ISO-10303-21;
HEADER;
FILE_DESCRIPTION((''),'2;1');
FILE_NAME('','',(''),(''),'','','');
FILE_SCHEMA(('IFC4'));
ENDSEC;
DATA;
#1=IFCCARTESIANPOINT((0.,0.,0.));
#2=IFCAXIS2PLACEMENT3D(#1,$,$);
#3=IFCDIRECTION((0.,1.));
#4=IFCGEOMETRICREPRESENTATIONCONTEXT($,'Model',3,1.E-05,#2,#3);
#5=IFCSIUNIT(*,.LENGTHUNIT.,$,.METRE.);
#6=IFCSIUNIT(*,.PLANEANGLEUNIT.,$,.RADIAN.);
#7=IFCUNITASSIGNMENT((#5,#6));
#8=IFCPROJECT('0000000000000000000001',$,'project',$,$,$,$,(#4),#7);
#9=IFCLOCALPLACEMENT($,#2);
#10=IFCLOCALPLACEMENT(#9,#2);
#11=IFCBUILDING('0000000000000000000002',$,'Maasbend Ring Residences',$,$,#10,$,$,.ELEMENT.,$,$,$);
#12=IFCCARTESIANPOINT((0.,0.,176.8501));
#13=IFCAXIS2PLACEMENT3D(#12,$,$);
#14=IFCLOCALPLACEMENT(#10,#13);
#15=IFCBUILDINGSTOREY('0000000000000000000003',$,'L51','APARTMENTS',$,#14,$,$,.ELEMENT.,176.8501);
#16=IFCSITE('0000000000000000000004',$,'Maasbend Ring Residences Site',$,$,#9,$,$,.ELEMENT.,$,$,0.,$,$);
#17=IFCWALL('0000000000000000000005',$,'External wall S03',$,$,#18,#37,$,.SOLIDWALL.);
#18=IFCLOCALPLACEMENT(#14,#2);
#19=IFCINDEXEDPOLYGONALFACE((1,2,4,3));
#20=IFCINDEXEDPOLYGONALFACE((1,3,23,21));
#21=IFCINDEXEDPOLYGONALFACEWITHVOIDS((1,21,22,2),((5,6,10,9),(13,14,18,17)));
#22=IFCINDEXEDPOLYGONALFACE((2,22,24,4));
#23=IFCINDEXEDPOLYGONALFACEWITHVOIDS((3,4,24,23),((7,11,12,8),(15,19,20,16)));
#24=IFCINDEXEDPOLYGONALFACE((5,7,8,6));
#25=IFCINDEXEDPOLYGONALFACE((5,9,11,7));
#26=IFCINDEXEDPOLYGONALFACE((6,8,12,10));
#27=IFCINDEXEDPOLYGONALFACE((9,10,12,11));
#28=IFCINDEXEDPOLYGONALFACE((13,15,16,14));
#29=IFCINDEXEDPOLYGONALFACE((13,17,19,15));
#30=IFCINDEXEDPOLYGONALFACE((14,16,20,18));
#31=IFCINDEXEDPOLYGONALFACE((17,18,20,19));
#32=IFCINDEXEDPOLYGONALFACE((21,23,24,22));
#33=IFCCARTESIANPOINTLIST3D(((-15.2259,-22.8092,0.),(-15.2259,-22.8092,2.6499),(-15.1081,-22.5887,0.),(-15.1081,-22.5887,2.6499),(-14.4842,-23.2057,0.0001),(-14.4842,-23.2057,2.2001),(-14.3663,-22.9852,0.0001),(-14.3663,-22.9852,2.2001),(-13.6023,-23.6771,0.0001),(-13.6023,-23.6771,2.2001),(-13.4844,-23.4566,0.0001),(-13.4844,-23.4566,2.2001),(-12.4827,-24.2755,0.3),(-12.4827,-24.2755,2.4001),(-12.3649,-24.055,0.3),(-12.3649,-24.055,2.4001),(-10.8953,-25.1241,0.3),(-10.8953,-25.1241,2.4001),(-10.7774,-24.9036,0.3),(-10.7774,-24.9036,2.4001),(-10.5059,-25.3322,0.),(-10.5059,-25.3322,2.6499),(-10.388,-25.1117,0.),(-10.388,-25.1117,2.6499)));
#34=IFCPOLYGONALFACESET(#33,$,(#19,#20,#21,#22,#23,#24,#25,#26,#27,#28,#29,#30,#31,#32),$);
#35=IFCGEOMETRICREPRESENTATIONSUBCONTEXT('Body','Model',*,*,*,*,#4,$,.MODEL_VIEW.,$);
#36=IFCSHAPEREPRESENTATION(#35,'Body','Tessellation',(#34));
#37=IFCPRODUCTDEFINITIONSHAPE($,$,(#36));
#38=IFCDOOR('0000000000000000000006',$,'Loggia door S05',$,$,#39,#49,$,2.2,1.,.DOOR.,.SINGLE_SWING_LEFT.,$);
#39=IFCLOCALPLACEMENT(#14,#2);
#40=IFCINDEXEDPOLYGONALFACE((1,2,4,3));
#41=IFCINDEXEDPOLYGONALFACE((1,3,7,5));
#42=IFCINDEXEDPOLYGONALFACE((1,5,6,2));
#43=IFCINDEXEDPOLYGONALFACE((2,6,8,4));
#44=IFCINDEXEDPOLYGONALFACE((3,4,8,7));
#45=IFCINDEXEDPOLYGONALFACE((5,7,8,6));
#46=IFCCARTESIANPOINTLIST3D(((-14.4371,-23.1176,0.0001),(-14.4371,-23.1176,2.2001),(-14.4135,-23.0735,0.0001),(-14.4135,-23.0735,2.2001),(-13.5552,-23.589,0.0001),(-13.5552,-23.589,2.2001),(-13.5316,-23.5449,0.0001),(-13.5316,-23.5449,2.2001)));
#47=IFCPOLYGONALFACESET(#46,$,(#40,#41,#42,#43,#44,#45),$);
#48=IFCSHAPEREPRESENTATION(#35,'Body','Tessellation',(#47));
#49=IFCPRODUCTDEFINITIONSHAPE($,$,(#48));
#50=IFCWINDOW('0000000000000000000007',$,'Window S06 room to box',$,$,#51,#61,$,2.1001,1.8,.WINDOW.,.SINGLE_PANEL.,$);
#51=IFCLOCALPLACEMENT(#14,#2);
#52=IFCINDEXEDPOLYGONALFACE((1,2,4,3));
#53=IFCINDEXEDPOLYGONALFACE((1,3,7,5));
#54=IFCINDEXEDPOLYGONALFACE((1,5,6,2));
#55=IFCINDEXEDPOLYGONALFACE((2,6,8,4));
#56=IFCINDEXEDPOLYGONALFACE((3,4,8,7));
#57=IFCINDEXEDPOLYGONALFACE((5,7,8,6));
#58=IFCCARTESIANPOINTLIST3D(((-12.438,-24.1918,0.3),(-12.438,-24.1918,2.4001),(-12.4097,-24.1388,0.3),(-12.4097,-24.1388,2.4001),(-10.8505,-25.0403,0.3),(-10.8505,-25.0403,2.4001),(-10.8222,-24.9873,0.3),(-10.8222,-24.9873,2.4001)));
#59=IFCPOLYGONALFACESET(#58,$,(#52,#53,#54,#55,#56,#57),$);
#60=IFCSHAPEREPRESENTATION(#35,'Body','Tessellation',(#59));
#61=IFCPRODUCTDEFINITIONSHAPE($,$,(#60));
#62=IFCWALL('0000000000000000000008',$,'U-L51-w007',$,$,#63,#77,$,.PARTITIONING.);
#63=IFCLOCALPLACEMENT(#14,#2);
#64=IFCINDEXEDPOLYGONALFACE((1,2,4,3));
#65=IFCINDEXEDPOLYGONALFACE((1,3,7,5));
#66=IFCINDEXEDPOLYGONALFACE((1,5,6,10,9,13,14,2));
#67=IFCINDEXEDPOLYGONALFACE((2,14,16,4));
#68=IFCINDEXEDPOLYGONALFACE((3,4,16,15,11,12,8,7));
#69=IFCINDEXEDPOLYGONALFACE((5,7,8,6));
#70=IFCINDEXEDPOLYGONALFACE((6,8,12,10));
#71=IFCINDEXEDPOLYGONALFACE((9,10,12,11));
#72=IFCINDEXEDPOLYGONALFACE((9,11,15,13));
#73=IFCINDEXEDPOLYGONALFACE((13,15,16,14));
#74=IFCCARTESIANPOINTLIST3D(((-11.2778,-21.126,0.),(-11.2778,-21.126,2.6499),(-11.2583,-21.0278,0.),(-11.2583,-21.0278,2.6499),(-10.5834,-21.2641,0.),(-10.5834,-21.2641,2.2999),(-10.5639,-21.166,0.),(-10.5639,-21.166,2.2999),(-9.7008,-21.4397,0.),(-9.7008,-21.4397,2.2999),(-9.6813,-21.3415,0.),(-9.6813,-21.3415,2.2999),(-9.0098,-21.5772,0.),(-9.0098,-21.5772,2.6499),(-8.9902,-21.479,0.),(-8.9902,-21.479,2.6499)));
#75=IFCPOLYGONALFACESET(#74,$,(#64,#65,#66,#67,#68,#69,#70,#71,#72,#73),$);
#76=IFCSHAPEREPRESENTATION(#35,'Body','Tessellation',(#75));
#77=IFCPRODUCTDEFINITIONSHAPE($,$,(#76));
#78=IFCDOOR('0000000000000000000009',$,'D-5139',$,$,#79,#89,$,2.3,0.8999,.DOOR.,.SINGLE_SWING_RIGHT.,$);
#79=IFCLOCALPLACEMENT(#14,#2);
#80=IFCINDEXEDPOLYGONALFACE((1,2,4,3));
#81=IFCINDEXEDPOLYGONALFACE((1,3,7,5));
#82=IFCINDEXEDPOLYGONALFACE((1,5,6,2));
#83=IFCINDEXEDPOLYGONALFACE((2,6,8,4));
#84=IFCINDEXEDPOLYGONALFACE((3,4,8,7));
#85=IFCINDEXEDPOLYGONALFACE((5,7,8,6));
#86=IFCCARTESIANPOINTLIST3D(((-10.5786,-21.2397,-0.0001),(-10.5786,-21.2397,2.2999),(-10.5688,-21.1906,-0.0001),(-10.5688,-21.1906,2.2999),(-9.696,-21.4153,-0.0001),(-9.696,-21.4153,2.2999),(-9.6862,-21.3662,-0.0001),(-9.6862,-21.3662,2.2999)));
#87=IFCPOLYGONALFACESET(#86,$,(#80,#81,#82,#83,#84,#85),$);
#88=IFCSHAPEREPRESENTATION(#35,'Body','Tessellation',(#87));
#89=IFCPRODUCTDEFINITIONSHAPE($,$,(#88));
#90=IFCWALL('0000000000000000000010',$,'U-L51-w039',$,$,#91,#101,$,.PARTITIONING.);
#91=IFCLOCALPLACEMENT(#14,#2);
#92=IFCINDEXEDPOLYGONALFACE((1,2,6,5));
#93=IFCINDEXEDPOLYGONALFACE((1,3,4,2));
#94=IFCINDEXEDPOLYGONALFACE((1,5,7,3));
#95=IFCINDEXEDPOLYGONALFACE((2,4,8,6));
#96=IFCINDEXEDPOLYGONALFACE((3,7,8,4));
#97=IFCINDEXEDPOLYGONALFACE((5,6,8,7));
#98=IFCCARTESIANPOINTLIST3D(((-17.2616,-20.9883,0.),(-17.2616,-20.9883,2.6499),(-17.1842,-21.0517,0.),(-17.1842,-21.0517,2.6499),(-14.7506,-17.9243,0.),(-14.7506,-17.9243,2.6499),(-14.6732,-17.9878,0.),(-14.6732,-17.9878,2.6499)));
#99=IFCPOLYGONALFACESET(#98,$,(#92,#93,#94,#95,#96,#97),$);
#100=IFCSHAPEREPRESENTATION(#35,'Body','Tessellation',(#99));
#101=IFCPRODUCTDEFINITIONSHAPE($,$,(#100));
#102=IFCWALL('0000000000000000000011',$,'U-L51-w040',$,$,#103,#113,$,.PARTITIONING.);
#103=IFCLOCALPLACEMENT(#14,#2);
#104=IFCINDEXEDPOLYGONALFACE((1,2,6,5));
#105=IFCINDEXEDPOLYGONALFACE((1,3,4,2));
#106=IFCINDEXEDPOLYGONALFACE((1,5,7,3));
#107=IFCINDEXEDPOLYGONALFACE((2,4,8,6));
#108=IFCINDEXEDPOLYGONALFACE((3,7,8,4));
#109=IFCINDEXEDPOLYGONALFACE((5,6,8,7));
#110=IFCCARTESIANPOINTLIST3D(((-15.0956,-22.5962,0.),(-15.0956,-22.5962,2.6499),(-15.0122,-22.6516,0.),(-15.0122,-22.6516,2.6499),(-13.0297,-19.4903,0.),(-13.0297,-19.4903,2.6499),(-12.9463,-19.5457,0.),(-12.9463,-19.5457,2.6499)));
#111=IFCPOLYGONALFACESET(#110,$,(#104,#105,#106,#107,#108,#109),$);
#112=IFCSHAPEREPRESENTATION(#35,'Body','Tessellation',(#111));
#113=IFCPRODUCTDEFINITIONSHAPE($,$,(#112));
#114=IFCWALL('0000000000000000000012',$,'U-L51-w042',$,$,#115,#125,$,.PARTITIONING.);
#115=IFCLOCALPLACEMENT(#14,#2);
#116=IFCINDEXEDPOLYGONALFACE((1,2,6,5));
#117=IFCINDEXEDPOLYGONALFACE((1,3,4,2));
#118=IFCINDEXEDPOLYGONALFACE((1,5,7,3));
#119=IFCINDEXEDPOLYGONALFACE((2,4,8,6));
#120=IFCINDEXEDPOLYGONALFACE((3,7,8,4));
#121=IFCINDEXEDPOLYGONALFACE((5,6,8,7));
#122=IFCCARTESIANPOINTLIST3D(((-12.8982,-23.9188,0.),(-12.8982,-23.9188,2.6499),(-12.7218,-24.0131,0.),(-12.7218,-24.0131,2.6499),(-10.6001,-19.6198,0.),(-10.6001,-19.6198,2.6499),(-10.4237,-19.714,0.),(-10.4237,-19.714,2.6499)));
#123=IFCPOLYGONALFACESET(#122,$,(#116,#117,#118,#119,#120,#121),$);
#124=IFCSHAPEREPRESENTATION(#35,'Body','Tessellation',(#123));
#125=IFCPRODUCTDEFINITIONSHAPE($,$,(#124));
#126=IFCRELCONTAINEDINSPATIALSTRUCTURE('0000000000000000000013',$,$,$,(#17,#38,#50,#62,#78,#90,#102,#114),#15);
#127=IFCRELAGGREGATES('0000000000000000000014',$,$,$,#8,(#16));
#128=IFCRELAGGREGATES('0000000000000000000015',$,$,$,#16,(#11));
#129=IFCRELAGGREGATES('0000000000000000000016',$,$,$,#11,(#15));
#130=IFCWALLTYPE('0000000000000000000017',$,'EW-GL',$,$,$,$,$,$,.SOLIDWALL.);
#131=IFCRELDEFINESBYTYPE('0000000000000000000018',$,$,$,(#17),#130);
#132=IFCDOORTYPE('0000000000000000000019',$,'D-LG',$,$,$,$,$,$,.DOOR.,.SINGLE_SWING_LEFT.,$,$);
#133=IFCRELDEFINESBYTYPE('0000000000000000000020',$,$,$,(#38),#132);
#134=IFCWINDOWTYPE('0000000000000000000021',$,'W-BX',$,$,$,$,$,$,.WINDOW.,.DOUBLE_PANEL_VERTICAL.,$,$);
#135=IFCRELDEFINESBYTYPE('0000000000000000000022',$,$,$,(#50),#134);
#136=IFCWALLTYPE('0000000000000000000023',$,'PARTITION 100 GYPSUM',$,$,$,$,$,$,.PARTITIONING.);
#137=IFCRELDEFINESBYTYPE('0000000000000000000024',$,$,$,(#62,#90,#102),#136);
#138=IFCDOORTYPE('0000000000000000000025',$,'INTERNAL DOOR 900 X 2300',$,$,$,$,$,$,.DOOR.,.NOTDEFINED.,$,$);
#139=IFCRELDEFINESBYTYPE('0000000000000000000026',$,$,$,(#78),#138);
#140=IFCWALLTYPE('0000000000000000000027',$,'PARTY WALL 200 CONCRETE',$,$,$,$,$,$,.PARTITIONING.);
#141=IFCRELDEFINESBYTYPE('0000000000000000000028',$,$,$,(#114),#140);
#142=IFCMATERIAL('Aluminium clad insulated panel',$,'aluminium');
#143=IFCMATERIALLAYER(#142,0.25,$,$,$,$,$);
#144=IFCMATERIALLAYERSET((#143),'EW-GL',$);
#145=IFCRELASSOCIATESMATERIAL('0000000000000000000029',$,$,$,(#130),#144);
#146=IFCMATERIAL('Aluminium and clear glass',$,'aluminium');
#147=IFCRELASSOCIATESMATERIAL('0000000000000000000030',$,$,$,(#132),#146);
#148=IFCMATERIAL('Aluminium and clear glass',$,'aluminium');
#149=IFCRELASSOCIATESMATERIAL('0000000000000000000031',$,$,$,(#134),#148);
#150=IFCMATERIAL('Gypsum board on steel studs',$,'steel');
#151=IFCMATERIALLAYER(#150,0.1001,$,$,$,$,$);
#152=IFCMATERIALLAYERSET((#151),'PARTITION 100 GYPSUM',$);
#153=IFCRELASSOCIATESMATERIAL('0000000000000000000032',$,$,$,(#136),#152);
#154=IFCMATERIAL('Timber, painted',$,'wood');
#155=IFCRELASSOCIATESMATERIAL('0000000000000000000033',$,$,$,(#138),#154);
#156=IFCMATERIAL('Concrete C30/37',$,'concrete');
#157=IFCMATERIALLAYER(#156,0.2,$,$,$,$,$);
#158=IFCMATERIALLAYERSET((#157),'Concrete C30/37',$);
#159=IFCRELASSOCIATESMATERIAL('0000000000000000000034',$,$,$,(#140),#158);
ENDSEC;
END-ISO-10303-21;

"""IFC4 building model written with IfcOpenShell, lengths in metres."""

from ifc_helpers import new_model, si_unit, direction, frame, frame_2d, origin, place, context, subcontext, project, spatial, rectangle, extrude, material, layer, layer_set, type_object, element, fill, save


model = new_model("IFC4")

# Units and contexts
model_context = context("Model", 3, precision=1e-05, world=origin(), true_north=direction((0.0, 1.0)))
body_context = subcontext(model_context, "Body", "Model", "MODEL_VIEW")
ifc_project = project(units=[si_unit("LENGTHUNIT", "METRE"), si_unit("PLANEANGLEUNIT", "RADIAN")], contexts=[model_context])

# Site, building, storey
site_placement = place(None, origin())
site = spatial("IfcSite", under=ifc_project, at=site_placement, Name="Maasbend Ring Residences Site", CompositionType="ELEMENT", RefElevation=0.0)
building_placement = place(site_placement, origin())
building = spatial("IfcBuilding", under=site, at=building_placement, Name="Maasbend Ring Residences", CompositionType="ELEMENT")
storey_placement = place(building_placement, frame((0.0, 0.0, 176.8501)))
storey = spatial("IfcBuildingStorey", under=building, at=storey_placement, Name="L51", Description="APARTMENTS", CompositionType="ELEMENT", Elevation=176.8501)

# Wall, openings, door, window
ifc_material_1 = material(Name="Aluminium clad insulated panel", Category="aluminium")
ifc_layer_1 = layer(ifc_material_1, 0.25)
ifc_layer_set_1 = layer_set([ifc_layer_1], Name="EW-GL")
wall_type_1 = type_object("IfcWallType", Name="EW-GL", PredefinedType="SOLIDWALL", material=ifc_layer_set_1)
wall_1_placement = place(storey_placement, frame((-15.167, -22.699, 0.0), z_axis=(0.0, 0.0, 1.0), x_axis=(0.881916, -0.471407, 0.0)))
wall_1 = element("IfcWall", 1, at=wall_1_placement, inside=storey, type_object=wall_type_1, Name="External wall S03", PredefinedType="SOLIDWALL", context=body_context, shape_type="SweptSolid", body=[
    extrude(rectangle(XDim=5.3521, YDim=0.25, at=frame_2d((2.676, 0.0))), origin(), (0.0, 0.0, 1.0), 2.6499),
])
opening_1_placement = place(wall_1_placement, frame((0.8411, 0.0, 0.0)))
opening_1 = element("IfcOpeningElement", 2, at=opening_1_placement, cuts=wall_1, PredefinedType="OPENING", context=body_context, shape_type="SweptSolid", body=[
    extrude(rectangle(XDim=1.0, YDim=2.2, at=frame_2d((0.5, 1.1001))), frame((0.0, 0.135, 0.0), z_axis=(0.0, -1.0, 0.0), x_axis=(1.0, 0.0, 0.0)), (0.0, 0.0, 1.0), 0.27),
])
opening_2_placement = place(wall_1_placement, frame((3.1106, 0.0, 0.3)))
opening_2 = element("IfcOpeningElement", 3, at=opening_2_placement, cuts=wall_1, PredefinedType="OPENING", context=body_context, shape_type="SweptSolid", body=[
    extrude(rectangle(XDim=1.8, YDim=2.1001, at=frame_2d((0.8999, 1.05))), frame((0.0, 0.135, 0.0), z_axis=(0.0, -1.0, 0.0), x_axis=(1.0, 0.0, 0.0)), (0.0, 0.0, 1.0), 0.27),
])
ifc_material_2 = material(Name="Aluminium and clear glass", Category="aluminium")
door_type_1 = type_object("IfcDoorType", Name="D-LG", OperationType="SINGLE_SWING_LEFT", PredefinedType="DOOR", material=ifc_material_2)
door_1_placement = place(opening_1_placement, origin())
door_1 = element("IfcDoor", 4, at=door_1_placement, inside=storey, type_object=door_type_1, Name="Loggia door S05", OperationType="SINGLE_SWING_LEFT", OverallHeight=2.2, OverallWidth=1.0, PredefinedType="DOOR", context=body_context, shape_type="SweptSolid", body=[
    extrude(rectangle(XDim=1.0, YDim=2.2, at=frame_2d((0.5, 1.1001))), frame((0.0, 0.0249, 0.0), z_axis=(0.0, -1.0, 0.0), x_axis=(1.0, 0.0, 0.0)), (0.0, 0.0, 1.0), 0.05),
])
fill(opening_1, door_1)
ifc_material_3 = material(Name="Aluminium and clear glass", Category="aluminium")
window_type_1 = type_object("IfcWindowType", Name="W-BX", PartitioningType="DOUBLE_PANEL_VERTICAL", PredefinedType="WINDOW", material=ifc_material_3)
window_1_placement = place(opening_2_placement, origin())
window_1 = element("IfcWindow", 5, at=window_1_placement, inside=storey, type_object=window_type_1, Name="Window S06 room to box", OverallHeight=2.1001, OverallWidth=1.8, PartitioningType="SINGLE_PANEL", PredefinedType="WINDOW", context=body_context, shape_type="SweptSolid", body=[
    extrude(rectangle(XDim=1.8, YDim=2.1001, at=frame_2d((0.8999, 1.05))), frame((0.0, 0.03, 0.0), z_axis=(0.0, -1.0, 0.0), x_axis=(1.0, 0.0, 0.0)), (0.0, 0.0, 1.0), 0.0601),
])
fill(opening_2, window_1)

# Wall, opening, door
ifc_material_4 = material(Name="Gypsum board on steel studs", Category="steel")
ifc_layer_2 = layer(ifc_material_4, 0.1001)
ifc_layer_set_2 = layer_set([ifc_layer_2], Name="PARTITION 100 GYPSUM")
wall_type_2 = type_object("IfcWallType", Name="PARTITION 100 GYPSUM", PredefinedType="PARTITIONING", material=ifc_layer_set_2)
wall_2_placement = place(storey_placement, frame((-11.2681, -21.0769, 0.0), z_axis=(0.0, 0.0, 1.0), x_axis=(0.980783, -0.195101, 0.0)))
wall_2 = element("IfcWall", 6, at=wall_2_placement, inside=storey, type_object=wall_type_2, Name="U-L51-w007", PredefinedType="PARTITIONING", context=body_context, shape_type="SweptSolid", body=[
    extrude(rectangle(XDim=2.3125, YDim=0.1001, at=frame_2d((1.1562, 0.0))), origin(), (0.0, 0.0, 1.0), 2.6499),
])
opening_3_placement = place(wall_2_placement, frame((0.708, 0.0, 0.0)))
opening_3 = element("IfcOpeningElement", 7, at=opening_3_placement, cuts=wall_2, PredefinedType="OPENING", context=body_context, shape_type="SweptSolid", body=[
    extrude(rectangle(XDim=0.8999, YDim=2.3, at=frame_2d((0.45, 1.1499))), frame((0.0, 0.0601, 0.0), z_axis=(0.0, -1.0, 0.0), x_axis=(1.0, 0.0, 0.0)), (0.0, 0.0, 1.0), 0.1201),
])
ifc_material_5 = material(Name="Timber, painted", Category="wood")
door_type_2 = type_object("IfcDoorType", Name="INTERNAL DOOR 900 X 2300", OperationType="NOTDEFINED", PredefinedType="DOOR", material=ifc_material_5)
door_2_placement = place(opening_3_placement, origin())
door_2 = element("IfcDoor", 8, at=door_2_placement, inside=storey, type_object=door_type_2, Name="D-5139", OperationType="SINGLE_SWING_RIGHT", OverallHeight=2.3, OverallWidth=0.8999, PredefinedType="DOOR", context=body_context, shape_type="SweptSolid", body=[
    extrude(rectangle(XDim=0.8999, YDim=2.3, at=frame_2d((0.45, 1.1499))), frame((0.0, 0.0249, 0.0), z_axis=(0.0, -1.0, 0.0), x_axis=(1.0, 0.0, 0.0)), (0.0, 0.0, 1.0), 0.05),
])
fill(opening_3, door_2)

# Walls
wall_3_placement = place(storey_placement, frame((-17.2229, -21.02, 0.0), z_axis=(0.0, 0.0, 1.0), x_axis=(0.633858, 0.773449, 0.0)))
element("IfcWall", 9, at=wall_3_placement, inside=storey, type_object=wall_type_2, Name="U-L51-w039", PredefinedType="PARTITIONING", context=body_context, shape_type="SweptSolid", body=[
    extrude(rectangle(XDim=3.9614, YDim=0.1001, at=frame_2d((1.9807, 0.0))), origin(), (0.0, 0.0, 1.0), 2.6499),
])
wall_4_placement = place(storey_placement, frame((-15.054, -22.624, 0.0), z_axis=(0.0, 0.0, 1.0), x_axis=(0.553824, 0.832634, 0.0)))
element("IfcWall", 10, at=wall_4_placement, inside=storey, type_object=wall_type_2, Name="U-L51-w040", PredefinedType="PARTITIONING", context=body_context, shape_type="SweptSolid", body=[
    extrude(rectangle(XDim=3.7302, YDim=0.1001, at=frame_2d((1.8652, 0.0))), origin(), (0.0, 0.0, 1.0), 2.6499),
])
ifc_material_6 = material(Name="Concrete C30/37", Category="concrete")
ifc_layer_3 = layer(ifc_material_6, 0.2)
ifc_layer_set_3 = layer_set([ifc_layer_3], Name="Concrete C30/37")
wall_type_3 = type_object("IfcWallType", Name="PARTY WALL 200 CONCRETE", PredefinedType="PARTITIONING", material=ifc_layer_set_3)
wall_5_placement = place(storey_placement, frame((-12.8101, -23.9661, 0.0), z_axis=(0.0, 0.0, 1.0), x_axis=(0.471428, 0.881905, 0.0)))
element("IfcWall", 11, at=wall_5_placement, inside=storey, type_object=wall_type_3, Name="U-L51-w042", PredefinedType="PARTITIONING", context=body_context, shape_type="SweptSolid", body=[
    extrude(rectangle(XDim=4.8748, YDim=0.2, at=frame_2d((2.4375, 0.0))), origin(), (0.0, 0.0, 1.0), 2.6499),
])

save(model, "model.ifc")
